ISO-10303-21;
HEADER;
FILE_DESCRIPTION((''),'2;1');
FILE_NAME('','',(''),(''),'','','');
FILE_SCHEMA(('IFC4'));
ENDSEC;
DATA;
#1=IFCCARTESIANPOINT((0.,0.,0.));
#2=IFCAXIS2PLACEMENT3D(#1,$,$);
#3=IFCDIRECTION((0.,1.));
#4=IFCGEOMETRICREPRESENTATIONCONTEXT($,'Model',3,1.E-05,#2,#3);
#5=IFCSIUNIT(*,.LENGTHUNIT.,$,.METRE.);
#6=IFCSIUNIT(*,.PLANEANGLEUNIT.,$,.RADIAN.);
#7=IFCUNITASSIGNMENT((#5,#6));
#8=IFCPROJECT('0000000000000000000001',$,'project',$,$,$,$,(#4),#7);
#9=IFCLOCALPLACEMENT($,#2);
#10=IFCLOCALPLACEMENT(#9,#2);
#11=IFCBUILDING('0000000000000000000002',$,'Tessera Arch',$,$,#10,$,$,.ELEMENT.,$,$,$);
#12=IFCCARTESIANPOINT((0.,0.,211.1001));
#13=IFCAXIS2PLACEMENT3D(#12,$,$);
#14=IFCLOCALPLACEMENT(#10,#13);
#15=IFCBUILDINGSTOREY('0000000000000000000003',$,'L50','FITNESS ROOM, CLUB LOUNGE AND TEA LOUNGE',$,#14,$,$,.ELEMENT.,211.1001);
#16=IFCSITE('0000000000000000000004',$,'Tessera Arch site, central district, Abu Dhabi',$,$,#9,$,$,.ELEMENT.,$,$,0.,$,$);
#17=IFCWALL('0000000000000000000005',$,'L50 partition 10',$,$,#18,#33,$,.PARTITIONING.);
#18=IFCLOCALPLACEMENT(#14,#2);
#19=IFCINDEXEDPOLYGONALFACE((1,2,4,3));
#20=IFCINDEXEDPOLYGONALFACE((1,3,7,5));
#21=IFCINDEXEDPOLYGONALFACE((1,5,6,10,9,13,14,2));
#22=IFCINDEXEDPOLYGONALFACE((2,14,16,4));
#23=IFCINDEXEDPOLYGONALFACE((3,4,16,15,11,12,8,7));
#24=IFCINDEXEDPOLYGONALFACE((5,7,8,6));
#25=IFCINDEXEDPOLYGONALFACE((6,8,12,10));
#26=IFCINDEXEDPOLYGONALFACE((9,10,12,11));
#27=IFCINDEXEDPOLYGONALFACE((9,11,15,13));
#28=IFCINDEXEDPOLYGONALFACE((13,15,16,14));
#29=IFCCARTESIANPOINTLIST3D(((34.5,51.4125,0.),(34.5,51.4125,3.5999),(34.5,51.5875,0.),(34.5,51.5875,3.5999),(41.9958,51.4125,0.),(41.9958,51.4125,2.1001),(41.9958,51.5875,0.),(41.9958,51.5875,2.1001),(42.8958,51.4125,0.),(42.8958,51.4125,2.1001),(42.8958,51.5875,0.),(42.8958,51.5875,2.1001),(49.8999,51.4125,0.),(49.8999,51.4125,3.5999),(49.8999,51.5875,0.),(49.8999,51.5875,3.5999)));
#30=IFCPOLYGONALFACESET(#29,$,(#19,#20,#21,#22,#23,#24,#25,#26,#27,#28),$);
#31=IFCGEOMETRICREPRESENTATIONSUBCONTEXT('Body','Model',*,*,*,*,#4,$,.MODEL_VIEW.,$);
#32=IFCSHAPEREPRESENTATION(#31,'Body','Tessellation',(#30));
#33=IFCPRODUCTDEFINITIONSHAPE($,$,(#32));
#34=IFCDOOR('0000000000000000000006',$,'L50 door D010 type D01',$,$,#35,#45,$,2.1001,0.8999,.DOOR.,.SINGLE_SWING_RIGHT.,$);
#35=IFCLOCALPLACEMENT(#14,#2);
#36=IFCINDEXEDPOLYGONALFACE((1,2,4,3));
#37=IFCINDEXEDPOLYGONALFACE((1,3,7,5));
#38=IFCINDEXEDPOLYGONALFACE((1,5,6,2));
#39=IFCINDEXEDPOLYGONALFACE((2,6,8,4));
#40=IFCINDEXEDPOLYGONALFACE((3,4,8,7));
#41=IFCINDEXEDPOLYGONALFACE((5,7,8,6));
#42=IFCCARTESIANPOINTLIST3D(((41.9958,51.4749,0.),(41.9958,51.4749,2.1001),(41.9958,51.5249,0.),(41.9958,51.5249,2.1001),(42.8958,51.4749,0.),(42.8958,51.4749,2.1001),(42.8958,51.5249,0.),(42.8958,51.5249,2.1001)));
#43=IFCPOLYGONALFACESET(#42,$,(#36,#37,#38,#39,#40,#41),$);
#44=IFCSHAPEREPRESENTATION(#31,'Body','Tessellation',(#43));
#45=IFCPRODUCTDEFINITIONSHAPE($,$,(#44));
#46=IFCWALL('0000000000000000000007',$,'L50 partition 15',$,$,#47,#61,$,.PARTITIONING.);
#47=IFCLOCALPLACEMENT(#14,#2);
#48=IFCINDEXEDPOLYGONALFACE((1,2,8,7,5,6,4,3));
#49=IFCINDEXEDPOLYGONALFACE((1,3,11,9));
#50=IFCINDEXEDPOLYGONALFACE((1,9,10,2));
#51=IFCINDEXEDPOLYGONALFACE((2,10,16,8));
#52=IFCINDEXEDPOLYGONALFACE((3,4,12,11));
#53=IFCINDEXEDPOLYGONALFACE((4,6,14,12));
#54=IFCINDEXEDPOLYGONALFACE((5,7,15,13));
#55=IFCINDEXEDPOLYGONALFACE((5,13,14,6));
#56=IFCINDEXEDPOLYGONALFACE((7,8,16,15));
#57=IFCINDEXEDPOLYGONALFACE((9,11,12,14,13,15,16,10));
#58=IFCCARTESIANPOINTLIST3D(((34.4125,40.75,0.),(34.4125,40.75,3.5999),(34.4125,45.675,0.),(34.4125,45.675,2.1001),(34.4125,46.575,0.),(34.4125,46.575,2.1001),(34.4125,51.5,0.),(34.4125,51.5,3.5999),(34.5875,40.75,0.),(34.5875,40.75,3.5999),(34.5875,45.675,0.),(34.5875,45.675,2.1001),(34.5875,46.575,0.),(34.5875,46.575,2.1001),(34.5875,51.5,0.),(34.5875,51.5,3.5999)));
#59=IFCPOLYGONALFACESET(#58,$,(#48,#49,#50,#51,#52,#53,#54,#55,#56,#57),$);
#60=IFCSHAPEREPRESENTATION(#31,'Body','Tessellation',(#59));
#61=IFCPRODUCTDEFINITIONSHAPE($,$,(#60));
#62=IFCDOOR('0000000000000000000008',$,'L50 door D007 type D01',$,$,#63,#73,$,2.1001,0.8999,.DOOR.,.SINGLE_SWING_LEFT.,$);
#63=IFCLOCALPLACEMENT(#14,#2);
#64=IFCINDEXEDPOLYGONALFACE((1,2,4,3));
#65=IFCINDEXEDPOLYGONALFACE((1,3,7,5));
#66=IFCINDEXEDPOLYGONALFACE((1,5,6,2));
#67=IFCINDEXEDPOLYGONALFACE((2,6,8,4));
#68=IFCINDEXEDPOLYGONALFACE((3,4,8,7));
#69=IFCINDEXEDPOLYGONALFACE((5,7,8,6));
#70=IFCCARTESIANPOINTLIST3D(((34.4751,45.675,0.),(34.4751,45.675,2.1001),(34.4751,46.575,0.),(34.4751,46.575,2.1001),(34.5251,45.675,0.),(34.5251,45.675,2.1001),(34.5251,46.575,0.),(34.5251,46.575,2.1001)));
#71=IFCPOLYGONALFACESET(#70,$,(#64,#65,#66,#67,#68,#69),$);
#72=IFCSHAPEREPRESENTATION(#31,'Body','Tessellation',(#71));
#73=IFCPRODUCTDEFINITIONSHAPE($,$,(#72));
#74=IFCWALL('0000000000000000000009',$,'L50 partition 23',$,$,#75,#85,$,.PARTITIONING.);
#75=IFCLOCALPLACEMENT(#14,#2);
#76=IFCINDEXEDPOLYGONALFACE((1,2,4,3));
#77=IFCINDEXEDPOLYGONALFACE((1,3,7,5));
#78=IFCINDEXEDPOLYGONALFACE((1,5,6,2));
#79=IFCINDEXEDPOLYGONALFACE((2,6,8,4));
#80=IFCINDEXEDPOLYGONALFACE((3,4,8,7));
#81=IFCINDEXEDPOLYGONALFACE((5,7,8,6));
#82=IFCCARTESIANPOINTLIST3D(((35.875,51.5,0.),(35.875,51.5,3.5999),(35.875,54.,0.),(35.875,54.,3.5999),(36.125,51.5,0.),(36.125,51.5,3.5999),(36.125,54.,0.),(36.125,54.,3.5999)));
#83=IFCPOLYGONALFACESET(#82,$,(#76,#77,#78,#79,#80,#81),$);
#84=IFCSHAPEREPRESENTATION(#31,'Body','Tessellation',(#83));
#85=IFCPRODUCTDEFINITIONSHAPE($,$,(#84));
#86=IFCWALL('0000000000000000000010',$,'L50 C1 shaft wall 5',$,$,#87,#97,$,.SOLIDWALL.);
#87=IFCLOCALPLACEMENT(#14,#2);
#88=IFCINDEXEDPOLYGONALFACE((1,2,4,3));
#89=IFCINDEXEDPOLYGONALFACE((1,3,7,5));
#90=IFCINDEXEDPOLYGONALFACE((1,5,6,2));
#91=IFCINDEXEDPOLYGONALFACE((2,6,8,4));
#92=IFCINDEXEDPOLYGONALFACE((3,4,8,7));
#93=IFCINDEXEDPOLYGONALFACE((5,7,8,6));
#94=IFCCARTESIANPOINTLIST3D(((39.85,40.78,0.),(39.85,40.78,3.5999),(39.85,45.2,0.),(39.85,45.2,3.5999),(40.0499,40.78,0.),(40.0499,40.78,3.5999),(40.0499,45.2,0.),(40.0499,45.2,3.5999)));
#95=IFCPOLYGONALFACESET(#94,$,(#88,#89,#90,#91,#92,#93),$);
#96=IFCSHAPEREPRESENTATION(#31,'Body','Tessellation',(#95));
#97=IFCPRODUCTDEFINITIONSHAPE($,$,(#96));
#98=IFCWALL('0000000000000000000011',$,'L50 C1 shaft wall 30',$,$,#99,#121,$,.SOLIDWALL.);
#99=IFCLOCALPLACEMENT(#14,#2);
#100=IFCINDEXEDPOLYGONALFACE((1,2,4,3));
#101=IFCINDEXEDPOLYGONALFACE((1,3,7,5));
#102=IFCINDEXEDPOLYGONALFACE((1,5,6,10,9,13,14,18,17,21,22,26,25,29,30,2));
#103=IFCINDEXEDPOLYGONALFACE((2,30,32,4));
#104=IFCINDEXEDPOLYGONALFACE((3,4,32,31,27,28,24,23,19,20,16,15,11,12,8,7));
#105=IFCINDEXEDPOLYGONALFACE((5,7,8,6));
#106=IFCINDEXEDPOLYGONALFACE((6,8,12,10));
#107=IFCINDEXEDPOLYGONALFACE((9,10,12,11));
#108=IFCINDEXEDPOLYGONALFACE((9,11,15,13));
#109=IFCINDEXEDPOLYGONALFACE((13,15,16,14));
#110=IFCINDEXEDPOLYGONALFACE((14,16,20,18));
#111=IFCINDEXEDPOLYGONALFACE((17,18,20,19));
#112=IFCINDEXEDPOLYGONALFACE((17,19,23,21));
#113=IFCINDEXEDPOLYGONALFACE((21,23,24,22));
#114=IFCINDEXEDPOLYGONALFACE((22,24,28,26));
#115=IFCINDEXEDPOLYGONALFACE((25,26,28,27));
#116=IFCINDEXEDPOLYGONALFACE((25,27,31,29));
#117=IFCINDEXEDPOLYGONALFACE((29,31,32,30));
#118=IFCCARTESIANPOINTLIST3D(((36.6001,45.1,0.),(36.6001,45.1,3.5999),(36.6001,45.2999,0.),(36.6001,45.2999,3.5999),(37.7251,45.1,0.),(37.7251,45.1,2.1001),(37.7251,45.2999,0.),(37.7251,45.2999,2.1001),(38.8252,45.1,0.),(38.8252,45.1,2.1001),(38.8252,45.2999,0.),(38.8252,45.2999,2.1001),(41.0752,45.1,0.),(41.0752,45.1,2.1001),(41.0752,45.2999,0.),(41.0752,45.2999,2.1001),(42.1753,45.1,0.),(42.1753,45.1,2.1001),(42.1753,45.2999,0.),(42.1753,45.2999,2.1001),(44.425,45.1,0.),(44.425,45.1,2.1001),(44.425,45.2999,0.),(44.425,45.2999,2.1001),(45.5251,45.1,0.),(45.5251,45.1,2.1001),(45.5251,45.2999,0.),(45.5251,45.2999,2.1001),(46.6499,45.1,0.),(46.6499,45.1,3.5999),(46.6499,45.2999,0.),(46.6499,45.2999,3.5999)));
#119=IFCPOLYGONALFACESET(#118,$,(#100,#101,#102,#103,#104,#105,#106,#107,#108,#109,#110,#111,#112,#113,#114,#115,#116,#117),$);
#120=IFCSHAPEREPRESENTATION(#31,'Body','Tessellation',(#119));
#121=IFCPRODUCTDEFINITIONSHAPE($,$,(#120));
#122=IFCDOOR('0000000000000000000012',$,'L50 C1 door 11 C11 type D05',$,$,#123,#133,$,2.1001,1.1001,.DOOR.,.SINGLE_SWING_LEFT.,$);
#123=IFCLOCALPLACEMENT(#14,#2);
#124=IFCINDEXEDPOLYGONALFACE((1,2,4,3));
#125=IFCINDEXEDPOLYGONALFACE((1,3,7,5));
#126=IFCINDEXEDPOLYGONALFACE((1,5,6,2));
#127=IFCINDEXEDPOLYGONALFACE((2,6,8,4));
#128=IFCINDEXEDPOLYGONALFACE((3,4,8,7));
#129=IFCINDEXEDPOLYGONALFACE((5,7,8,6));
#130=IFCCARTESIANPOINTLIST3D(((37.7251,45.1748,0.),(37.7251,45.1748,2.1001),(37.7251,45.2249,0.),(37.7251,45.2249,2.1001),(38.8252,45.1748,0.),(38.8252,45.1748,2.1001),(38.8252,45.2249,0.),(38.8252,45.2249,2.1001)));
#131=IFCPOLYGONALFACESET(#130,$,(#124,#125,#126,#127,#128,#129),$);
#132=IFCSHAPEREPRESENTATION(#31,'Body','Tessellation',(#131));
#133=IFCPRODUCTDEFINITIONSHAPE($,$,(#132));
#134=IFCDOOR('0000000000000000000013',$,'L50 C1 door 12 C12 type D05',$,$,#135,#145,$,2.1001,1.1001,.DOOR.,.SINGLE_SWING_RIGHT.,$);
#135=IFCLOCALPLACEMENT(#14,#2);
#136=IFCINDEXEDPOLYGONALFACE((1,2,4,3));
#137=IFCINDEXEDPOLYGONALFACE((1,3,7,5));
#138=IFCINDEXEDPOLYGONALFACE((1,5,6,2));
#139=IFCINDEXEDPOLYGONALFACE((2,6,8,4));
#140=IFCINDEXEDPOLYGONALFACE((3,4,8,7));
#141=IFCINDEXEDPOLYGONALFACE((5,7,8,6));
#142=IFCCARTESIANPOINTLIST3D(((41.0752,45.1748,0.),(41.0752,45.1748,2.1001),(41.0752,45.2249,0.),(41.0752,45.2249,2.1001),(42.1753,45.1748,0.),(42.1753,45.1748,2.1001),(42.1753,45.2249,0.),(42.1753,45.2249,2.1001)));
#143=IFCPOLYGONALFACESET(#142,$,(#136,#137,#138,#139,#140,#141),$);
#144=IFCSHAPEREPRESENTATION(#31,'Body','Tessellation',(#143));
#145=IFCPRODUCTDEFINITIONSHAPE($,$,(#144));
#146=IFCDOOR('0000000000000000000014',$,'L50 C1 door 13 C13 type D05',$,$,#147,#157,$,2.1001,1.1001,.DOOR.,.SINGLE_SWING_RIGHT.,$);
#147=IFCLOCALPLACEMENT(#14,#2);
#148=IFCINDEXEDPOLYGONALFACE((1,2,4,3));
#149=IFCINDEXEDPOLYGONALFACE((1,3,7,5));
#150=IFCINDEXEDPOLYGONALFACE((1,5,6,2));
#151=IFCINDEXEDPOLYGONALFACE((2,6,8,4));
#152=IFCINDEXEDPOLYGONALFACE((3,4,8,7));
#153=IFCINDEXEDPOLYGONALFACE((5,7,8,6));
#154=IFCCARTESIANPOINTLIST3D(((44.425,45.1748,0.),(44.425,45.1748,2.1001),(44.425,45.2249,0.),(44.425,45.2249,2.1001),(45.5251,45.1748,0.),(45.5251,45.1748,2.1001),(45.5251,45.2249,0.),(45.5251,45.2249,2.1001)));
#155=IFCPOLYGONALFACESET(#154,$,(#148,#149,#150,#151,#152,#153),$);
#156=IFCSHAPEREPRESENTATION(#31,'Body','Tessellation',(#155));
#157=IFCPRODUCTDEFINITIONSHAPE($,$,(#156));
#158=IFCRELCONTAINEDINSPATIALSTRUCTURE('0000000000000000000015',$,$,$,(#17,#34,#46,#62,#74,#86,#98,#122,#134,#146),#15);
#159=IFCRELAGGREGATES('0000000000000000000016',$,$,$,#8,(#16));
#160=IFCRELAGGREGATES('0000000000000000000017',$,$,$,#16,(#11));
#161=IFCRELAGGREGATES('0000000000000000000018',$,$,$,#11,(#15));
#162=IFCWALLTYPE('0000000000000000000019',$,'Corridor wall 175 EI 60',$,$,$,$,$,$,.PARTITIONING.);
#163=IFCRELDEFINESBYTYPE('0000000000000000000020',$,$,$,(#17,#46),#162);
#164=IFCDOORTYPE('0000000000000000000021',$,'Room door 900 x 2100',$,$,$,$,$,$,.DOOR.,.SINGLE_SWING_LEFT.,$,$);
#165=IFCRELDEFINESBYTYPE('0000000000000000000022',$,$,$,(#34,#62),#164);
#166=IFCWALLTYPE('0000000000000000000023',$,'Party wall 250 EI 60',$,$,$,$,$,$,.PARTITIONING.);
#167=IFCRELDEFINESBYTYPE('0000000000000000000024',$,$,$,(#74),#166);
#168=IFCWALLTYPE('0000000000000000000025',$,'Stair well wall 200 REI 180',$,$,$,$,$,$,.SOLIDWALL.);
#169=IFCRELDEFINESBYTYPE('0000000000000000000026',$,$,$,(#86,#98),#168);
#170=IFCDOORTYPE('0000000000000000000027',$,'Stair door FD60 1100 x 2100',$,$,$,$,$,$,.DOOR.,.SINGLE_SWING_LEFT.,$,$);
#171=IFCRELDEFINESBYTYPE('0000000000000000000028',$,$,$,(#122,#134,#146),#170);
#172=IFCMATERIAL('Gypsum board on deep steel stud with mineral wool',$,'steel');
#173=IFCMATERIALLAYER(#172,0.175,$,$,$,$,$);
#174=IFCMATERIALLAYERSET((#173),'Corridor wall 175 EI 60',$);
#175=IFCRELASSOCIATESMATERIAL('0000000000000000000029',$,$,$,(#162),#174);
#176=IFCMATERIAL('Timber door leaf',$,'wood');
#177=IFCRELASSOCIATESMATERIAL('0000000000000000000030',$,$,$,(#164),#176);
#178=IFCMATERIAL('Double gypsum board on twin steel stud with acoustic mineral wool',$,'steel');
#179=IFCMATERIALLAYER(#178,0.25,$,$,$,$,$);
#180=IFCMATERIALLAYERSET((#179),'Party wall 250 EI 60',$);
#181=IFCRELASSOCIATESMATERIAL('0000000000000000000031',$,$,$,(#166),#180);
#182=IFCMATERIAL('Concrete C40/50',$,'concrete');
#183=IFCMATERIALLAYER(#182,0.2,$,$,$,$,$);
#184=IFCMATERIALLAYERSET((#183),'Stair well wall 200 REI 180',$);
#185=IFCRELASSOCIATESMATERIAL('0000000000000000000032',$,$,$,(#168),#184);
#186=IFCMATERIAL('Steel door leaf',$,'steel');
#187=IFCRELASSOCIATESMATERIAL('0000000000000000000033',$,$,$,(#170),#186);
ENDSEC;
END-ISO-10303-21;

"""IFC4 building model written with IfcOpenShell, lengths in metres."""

from ifc_helpers import new_model, si_unit, direction, frame, frame_2d, origin, place, context, subcontext, project, spatial, rectangle, extrude, material, layer, layer_set, type_object, element, fill, save


model = new_model("IFC4")

# Units and contexts
model_context = context("Model", 3, precision=1e-05, world=origin(), true_north=direction((0.0, 1.0)))
body_context = subcontext(model_context, "Body", "Model", "MODEL_VIEW")
ifc_project = project(units=[si_unit("LENGTHUNIT", "METRE"), si_unit("PLANEANGLEUNIT", "RADIAN")], contexts=[model_context])

# Site, building, storey
site_placement = place(None, origin())
site = spatial("IfcSite", under=ifc_project, at=site_placement, Name="Tessera Arch site, central district, Abu Dhabi", CompositionType="ELEMENT", RefElevation=0.0)
building_placement = place(site_placement, origin())
building = spatial("IfcBuilding", under=site, at=building_placement, Name="Tessera Arch", CompositionType="ELEMENT")
storey_placement = place(building_placement, frame((0.0, 0.0, 211.1001)))
storey = spatial("IfcBuildingStorey", under=building, at=storey_placement, Name="L50", Description="FITNESS ROOM, CLUB LOUNGE AND TEA LOUNGE", CompositionType="ELEMENT", Elevation=211.1001)

# Walls, openings, doors
ifc_material_1 = material(Name="Gypsum board on deep steel stud with mineral wool", Category="steel")
ifc_layer_1 = layer(ifc_material_1, 0.175)
ifc_layer_set_1 = layer_set([ifc_layer_1], Name="Corridor wall 175 EI 60")
wall_type_1 = type_object("IfcWallType", Name="Corridor wall 175 EI 60", PredefinedType="PARTITIONING", material=ifc_layer_set_1)
wall_1_placement = place(storey_placement, frame((34.5, 51.5, 0.0), z_axis=(0.0, 0.0, 1.0), x_axis=(1.0, 0.0, 0.0)))
wall_1 = element("IfcWall", 1, at=wall_1_placement, inside=storey, type_object=wall_type_1, Name="L50 partition 10", PredefinedType="PARTITIONING", context=body_context, shape_type="SweptSolid", body=[
    extrude(rectangle(XDim=15.3999, YDim=0.175, at=frame_2d((7.7, 0.0))), origin(), (0.0, 0.0, 1.0), 3.5999),
])
opening_1_placement = place(wall_1_placement, frame((7.4958, 0.0, 0.0)))
opening_1 = element("IfcOpeningElement", 2, at=opening_1_placement, cuts=wall_1, PredefinedType="OPENING", context=body_context, shape_type="SweptSolid", body=[
    extrude(rectangle(XDim=0.8999, YDim=2.1001, at=frame_2d((0.45, 1.05))), frame((0.0, 0.0974, 0.0), z_axis=(0.0, -1.0, 0.0), x_axis=(1.0, 0.0, 0.0)), (0.0, 0.0, 1.0), 0.1951),
])
ifc_material_2 = material(Name="Timber door leaf", Category="wood")
door_type_1 = type_object("IfcDoorType", Name="Room door 900 x 2100", OperationType="SINGLE_SWING_LEFT", PredefinedType="DOOR", material=ifc_material_2)
door_1_placement = place(opening_1_placement, origin())
door_1 = element("IfcDoor", 3, at=door_1_placement, inside=storey, type_object=door_type_1, Name="L50 door D010 type D01", OperationType="SINGLE_SWING_RIGHT", OverallHeight=2.1001, OverallWidth=0.8999, PredefinedType="DOOR", context=body_context, shape_type="SweptSolid", body=[
    extrude(rectangle(XDim=0.8999, YDim=2.1001, at=frame_2d((0.45, 1.05))), frame((0.0, 0.0249, 0.0), z_axis=(0.0, -1.0, 0.0), x_axis=(1.0, 0.0, 0.0)), (0.0, 0.0, 1.0), 0.05),
])
fill(opening_1, door_1)
wall_2_placement = place(storey_placement, frame((34.5, 40.75, 0.0), z_axis=(0.0, 0.0, 1.0), x_axis=(0.0, 1.0, 0.0)))
wall_2 = element("IfcWall", 4, at=wall_2_placement, inside=storey, type_object=wall_type_1, Name="L50 partition 15", PredefinedType="PARTITIONING", context=body_context, shape_type="SweptSolid", body=[
    extrude(rectangle(XDim=10.75, YDim=0.175, at=frame_2d((5.375, 0.0))), origin(), (0.0, 0.0, 1.0), 3.5999),
])
opening_2_placement = place(wall_2_placement, frame((4.925, 0.0, 0.0)))
opening_2 = element("IfcOpeningElement", 5, at=opening_2_placement, cuts=wall_2, PredefinedType="OPENING", context=body_context, shape_type="SweptSolid", body=[
    extrude(rectangle(XDim=0.8999, YDim=2.1001, at=frame_2d((0.45, 1.05))), frame((0.0, 0.0974, 0.0), z_axis=(0.0, -1.0, 0.0), x_axis=(1.0, 0.0, 0.0)), (0.0, 0.0, 1.0), 0.1951),
])
door_2_placement = place(opening_2_placement, origin())
door_2 = element("IfcDoor", 6, at=door_2_placement, inside=storey, type_object=door_type_1, Name="L50 door D007 type D01", OperationType="SINGLE_SWING_LEFT", OverallHeight=2.1001, OverallWidth=0.8999, PredefinedType="DOOR", context=body_context, shape_type="SweptSolid", body=[
    extrude(rectangle(XDim=0.8999, YDim=2.1001, at=frame_2d((0.45, 1.05))), frame((0.0, 0.0249, 0.0), z_axis=(0.0, -1.0, 0.0), x_axis=(1.0, 0.0, 0.0)), (0.0, 0.0, 1.0), 0.05),
])
fill(opening_2, door_2)

# Walls
ifc_material_3 = material(Name="Double gypsum board on twin steel stud with acoustic mineral wool", Category="steel")
ifc_layer_2 = layer(ifc_material_3, 0.25)
ifc_layer_set_2 = layer_set([ifc_layer_2], Name="Party wall 250 EI 60")
wall_type_2 = type_object("IfcWallType", Name="Party wall 250 EI 60", PredefinedType="PARTITIONING", material=ifc_layer_set_2)
wall_3_placement = place(storey_placement, frame((36.0, 51.5, 0.0), z_axis=(0.0, 0.0, 1.0), x_axis=(0.0, 1.0, 0.0)))
element("IfcWall", 7, at=wall_3_placement, inside=storey, type_object=wall_type_2, Name="L50 partition 23", PredefinedType="PARTITIONING", context=body_context, shape_type="SweptSolid", body=[
    extrude(rectangle(XDim=2.5, YDim=0.25, at=frame_2d((1.25, 0.0))), origin(), (0.0, 0.0, 1.0), 3.5999),
])
ifc_material_4 = material(Name="Concrete C40/50", Category="concrete")
ifc_layer_3 = layer(ifc_material_4, 0.2)
ifc_layer_set_3 = layer_set([ifc_layer_3], Name="Stair well wall 200 REI 180")
wall_type_3 = type_object("IfcWallType", Name="Stair well wall 200 REI 180", PredefinedType="SOLIDWALL", material=ifc_layer_set_3)
wall_4_placement = place(storey_placement, frame((39.95, 40.78, 0.0), z_axis=(0.0, 0.0, 1.0), x_axis=(0.0, 1.0, 0.0)))
element("IfcWall", 8, at=wall_4_placement, inside=storey, type_object=wall_type_3, Name="L50 C1 shaft wall 5", PredefinedType="SOLIDWALL", context=body_context, shape_type="SweptSolid", body=[
    extrude(rectangle(XDim=4.4199, YDim=0.2, at=frame_2d((2.21, 0.0))), origin(), (0.0, 0.0, 1.0), 3.5999),
])

# Wall, openings, doors
wall_5_placement = place(storey_placement, frame((36.6001, 45.2, 0.0), z_axis=(0.0, 0.0, 1.0), x_axis=(1.0, 0.0, 0.0)))
wall_5 = element("IfcWall", 9, at=wall_5_placement, inside=storey, type_object=wall_type_3, Name="L50 C1 shaft wall 30", PredefinedType="SOLIDWALL", context=body_context, shape_type="SweptSolid", body=[
    extrude(rectangle(XDim=10.0498, YDim=0.2, at=frame_2d((5.0249, 0.0))), origin(), (0.0, 0.0, 1.0), 3.5999),
])
opening_3_placement = place(wall_5_placement, frame((1.125, 0.0, 0.0)))
opening_3 = element("IfcOpeningElement", 10, at=opening_3_placement, cuts=wall_5, PredefinedType="OPENING", context=body_context, shape_type="SweptSolid", body=[
    extrude(rectangle(XDim=1.1001, YDim=2.1001, at=frame_2d((0.55, 1.05))), frame((0.0, 0.1099, 0.0), z_axis=(0.0, -1.0, 0.0), x_axis=(1.0, 0.0, 0.0)), (0.0, 0.0, 1.0), 0.22),
])
opening_4_placement = place(wall_5_placement, frame((4.4751, 0.0, 0.0)))
opening_4 = element("IfcOpeningElement", 11, at=opening_4_placement, cuts=wall_5, PredefinedType="OPENING", context=body_context, shape_type="SweptSolid", body=[
    extrude(rectangle(XDim=1.1001, YDim=2.1001, at=frame_2d((0.55, 1.05))), frame((0.0, 0.1099, 0.0), z_axis=(0.0, -1.0, 0.0), x_axis=(1.0, 0.0, 0.0)), (0.0, 0.0, 1.0), 0.22),
])
opening_5_placement = place(wall_5_placement, frame((7.825, 0.0, 0.0)))
opening_5 = element("IfcOpeningElement", 12, at=opening_5_placement, cuts=wall_5, PredefinedType="OPENING", context=body_context, shape_type="SweptSolid", body=[
    extrude(rectangle(XDim=1.1001, YDim=2.1001, at=frame_2d((0.55, 1.05))), frame((0.0, 0.1099, 0.0), z_axis=(0.0, -1.0, 0.0), x_axis=(1.0, 0.0, 0.0)), (0.0, 0.0, 1.0), 0.22),
])
ifc_material_5 = material(Name="Steel door leaf", Category="steel")
door_type_2 = type_object("IfcDoorType", Name="Stair door FD60 1100 x 2100", OperationType="SINGLE_SWING_LEFT", PredefinedType="DOOR", material=ifc_material_5)
door_3_placement = place(opening_3_placement, origin())
door_3 = element("IfcDoor", 13, at=door_3_placement, inside=storey, type_object=door_type_2, Name="L50 C1 door 11 C11 type D05", OperationType="SINGLE_SWING_LEFT", OverallHeight=2.1001, OverallWidth=1.1001, PredefinedType="DOOR", context=body_context, shape_type="SweptSolid", body=[
    extrude(rectangle(XDim=1.1001, YDim=2.1001, at=frame_2d((0.55, 1.05))), frame((0.0, 0.0249, 0.0), z_axis=(0.0, -1.0, 0.0), x_axis=(1.0, 0.0, 0.0)), (0.0, 0.0, 1.0), 0.05),
])
fill(opening_3, door_3)
door_4_placement = place(opening_4_placement, origin())
door_4 = element("IfcDoor", 14, at=door_4_placement, inside=storey, type_object=door_type_2, Name="L50 C1 door 12 C12 type D05", OperationType="SINGLE_SWING_RIGHT", OverallHeight=2.1001, OverallWidth=1.1001, PredefinedType="DOOR", context=body_context, shape_type="SweptSolid", body=[
    extrude(rectangle(XDim=1.1001, YDim=2.1001, at=frame_2d((0.55, 1.05))), frame((0.0, 0.0249, 0.0), z_axis=(0.0, -1.0, 0.0), x_axis=(1.0, 0.0, 0.0)), (0.0, 0.0, 1.0), 0.05),
])
fill(opening_4, door_4)
door_5_placement = place(opening_5_placement, origin())
door_5 = element("IfcDoor", 15, at=door_5_placement, inside=storey, type_object=door_type_2, Name="L50 C1 door 13 C13 type D05", OperationType="SINGLE_SWING_RIGHT", OverallHeight=2.1001, OverallWidth=1.1001, PredefinedType="DOOR", context=body_context, shape_type="SweptSolid", body=[
    extrude(rectangle(XDim=1.1001, YDim=2.1001, at=frame_2d((0.55, 1.05))), frame((0.0, 0.0249, 0.0), z_axis=(0.0, -1.0, 0.0), x_axis=(1.0, 0.0, 0.0)), (0.0, 0.0, 1.0), 0.05),
])
fill(opening_5, door_5)

save(model, "model.ifc")
